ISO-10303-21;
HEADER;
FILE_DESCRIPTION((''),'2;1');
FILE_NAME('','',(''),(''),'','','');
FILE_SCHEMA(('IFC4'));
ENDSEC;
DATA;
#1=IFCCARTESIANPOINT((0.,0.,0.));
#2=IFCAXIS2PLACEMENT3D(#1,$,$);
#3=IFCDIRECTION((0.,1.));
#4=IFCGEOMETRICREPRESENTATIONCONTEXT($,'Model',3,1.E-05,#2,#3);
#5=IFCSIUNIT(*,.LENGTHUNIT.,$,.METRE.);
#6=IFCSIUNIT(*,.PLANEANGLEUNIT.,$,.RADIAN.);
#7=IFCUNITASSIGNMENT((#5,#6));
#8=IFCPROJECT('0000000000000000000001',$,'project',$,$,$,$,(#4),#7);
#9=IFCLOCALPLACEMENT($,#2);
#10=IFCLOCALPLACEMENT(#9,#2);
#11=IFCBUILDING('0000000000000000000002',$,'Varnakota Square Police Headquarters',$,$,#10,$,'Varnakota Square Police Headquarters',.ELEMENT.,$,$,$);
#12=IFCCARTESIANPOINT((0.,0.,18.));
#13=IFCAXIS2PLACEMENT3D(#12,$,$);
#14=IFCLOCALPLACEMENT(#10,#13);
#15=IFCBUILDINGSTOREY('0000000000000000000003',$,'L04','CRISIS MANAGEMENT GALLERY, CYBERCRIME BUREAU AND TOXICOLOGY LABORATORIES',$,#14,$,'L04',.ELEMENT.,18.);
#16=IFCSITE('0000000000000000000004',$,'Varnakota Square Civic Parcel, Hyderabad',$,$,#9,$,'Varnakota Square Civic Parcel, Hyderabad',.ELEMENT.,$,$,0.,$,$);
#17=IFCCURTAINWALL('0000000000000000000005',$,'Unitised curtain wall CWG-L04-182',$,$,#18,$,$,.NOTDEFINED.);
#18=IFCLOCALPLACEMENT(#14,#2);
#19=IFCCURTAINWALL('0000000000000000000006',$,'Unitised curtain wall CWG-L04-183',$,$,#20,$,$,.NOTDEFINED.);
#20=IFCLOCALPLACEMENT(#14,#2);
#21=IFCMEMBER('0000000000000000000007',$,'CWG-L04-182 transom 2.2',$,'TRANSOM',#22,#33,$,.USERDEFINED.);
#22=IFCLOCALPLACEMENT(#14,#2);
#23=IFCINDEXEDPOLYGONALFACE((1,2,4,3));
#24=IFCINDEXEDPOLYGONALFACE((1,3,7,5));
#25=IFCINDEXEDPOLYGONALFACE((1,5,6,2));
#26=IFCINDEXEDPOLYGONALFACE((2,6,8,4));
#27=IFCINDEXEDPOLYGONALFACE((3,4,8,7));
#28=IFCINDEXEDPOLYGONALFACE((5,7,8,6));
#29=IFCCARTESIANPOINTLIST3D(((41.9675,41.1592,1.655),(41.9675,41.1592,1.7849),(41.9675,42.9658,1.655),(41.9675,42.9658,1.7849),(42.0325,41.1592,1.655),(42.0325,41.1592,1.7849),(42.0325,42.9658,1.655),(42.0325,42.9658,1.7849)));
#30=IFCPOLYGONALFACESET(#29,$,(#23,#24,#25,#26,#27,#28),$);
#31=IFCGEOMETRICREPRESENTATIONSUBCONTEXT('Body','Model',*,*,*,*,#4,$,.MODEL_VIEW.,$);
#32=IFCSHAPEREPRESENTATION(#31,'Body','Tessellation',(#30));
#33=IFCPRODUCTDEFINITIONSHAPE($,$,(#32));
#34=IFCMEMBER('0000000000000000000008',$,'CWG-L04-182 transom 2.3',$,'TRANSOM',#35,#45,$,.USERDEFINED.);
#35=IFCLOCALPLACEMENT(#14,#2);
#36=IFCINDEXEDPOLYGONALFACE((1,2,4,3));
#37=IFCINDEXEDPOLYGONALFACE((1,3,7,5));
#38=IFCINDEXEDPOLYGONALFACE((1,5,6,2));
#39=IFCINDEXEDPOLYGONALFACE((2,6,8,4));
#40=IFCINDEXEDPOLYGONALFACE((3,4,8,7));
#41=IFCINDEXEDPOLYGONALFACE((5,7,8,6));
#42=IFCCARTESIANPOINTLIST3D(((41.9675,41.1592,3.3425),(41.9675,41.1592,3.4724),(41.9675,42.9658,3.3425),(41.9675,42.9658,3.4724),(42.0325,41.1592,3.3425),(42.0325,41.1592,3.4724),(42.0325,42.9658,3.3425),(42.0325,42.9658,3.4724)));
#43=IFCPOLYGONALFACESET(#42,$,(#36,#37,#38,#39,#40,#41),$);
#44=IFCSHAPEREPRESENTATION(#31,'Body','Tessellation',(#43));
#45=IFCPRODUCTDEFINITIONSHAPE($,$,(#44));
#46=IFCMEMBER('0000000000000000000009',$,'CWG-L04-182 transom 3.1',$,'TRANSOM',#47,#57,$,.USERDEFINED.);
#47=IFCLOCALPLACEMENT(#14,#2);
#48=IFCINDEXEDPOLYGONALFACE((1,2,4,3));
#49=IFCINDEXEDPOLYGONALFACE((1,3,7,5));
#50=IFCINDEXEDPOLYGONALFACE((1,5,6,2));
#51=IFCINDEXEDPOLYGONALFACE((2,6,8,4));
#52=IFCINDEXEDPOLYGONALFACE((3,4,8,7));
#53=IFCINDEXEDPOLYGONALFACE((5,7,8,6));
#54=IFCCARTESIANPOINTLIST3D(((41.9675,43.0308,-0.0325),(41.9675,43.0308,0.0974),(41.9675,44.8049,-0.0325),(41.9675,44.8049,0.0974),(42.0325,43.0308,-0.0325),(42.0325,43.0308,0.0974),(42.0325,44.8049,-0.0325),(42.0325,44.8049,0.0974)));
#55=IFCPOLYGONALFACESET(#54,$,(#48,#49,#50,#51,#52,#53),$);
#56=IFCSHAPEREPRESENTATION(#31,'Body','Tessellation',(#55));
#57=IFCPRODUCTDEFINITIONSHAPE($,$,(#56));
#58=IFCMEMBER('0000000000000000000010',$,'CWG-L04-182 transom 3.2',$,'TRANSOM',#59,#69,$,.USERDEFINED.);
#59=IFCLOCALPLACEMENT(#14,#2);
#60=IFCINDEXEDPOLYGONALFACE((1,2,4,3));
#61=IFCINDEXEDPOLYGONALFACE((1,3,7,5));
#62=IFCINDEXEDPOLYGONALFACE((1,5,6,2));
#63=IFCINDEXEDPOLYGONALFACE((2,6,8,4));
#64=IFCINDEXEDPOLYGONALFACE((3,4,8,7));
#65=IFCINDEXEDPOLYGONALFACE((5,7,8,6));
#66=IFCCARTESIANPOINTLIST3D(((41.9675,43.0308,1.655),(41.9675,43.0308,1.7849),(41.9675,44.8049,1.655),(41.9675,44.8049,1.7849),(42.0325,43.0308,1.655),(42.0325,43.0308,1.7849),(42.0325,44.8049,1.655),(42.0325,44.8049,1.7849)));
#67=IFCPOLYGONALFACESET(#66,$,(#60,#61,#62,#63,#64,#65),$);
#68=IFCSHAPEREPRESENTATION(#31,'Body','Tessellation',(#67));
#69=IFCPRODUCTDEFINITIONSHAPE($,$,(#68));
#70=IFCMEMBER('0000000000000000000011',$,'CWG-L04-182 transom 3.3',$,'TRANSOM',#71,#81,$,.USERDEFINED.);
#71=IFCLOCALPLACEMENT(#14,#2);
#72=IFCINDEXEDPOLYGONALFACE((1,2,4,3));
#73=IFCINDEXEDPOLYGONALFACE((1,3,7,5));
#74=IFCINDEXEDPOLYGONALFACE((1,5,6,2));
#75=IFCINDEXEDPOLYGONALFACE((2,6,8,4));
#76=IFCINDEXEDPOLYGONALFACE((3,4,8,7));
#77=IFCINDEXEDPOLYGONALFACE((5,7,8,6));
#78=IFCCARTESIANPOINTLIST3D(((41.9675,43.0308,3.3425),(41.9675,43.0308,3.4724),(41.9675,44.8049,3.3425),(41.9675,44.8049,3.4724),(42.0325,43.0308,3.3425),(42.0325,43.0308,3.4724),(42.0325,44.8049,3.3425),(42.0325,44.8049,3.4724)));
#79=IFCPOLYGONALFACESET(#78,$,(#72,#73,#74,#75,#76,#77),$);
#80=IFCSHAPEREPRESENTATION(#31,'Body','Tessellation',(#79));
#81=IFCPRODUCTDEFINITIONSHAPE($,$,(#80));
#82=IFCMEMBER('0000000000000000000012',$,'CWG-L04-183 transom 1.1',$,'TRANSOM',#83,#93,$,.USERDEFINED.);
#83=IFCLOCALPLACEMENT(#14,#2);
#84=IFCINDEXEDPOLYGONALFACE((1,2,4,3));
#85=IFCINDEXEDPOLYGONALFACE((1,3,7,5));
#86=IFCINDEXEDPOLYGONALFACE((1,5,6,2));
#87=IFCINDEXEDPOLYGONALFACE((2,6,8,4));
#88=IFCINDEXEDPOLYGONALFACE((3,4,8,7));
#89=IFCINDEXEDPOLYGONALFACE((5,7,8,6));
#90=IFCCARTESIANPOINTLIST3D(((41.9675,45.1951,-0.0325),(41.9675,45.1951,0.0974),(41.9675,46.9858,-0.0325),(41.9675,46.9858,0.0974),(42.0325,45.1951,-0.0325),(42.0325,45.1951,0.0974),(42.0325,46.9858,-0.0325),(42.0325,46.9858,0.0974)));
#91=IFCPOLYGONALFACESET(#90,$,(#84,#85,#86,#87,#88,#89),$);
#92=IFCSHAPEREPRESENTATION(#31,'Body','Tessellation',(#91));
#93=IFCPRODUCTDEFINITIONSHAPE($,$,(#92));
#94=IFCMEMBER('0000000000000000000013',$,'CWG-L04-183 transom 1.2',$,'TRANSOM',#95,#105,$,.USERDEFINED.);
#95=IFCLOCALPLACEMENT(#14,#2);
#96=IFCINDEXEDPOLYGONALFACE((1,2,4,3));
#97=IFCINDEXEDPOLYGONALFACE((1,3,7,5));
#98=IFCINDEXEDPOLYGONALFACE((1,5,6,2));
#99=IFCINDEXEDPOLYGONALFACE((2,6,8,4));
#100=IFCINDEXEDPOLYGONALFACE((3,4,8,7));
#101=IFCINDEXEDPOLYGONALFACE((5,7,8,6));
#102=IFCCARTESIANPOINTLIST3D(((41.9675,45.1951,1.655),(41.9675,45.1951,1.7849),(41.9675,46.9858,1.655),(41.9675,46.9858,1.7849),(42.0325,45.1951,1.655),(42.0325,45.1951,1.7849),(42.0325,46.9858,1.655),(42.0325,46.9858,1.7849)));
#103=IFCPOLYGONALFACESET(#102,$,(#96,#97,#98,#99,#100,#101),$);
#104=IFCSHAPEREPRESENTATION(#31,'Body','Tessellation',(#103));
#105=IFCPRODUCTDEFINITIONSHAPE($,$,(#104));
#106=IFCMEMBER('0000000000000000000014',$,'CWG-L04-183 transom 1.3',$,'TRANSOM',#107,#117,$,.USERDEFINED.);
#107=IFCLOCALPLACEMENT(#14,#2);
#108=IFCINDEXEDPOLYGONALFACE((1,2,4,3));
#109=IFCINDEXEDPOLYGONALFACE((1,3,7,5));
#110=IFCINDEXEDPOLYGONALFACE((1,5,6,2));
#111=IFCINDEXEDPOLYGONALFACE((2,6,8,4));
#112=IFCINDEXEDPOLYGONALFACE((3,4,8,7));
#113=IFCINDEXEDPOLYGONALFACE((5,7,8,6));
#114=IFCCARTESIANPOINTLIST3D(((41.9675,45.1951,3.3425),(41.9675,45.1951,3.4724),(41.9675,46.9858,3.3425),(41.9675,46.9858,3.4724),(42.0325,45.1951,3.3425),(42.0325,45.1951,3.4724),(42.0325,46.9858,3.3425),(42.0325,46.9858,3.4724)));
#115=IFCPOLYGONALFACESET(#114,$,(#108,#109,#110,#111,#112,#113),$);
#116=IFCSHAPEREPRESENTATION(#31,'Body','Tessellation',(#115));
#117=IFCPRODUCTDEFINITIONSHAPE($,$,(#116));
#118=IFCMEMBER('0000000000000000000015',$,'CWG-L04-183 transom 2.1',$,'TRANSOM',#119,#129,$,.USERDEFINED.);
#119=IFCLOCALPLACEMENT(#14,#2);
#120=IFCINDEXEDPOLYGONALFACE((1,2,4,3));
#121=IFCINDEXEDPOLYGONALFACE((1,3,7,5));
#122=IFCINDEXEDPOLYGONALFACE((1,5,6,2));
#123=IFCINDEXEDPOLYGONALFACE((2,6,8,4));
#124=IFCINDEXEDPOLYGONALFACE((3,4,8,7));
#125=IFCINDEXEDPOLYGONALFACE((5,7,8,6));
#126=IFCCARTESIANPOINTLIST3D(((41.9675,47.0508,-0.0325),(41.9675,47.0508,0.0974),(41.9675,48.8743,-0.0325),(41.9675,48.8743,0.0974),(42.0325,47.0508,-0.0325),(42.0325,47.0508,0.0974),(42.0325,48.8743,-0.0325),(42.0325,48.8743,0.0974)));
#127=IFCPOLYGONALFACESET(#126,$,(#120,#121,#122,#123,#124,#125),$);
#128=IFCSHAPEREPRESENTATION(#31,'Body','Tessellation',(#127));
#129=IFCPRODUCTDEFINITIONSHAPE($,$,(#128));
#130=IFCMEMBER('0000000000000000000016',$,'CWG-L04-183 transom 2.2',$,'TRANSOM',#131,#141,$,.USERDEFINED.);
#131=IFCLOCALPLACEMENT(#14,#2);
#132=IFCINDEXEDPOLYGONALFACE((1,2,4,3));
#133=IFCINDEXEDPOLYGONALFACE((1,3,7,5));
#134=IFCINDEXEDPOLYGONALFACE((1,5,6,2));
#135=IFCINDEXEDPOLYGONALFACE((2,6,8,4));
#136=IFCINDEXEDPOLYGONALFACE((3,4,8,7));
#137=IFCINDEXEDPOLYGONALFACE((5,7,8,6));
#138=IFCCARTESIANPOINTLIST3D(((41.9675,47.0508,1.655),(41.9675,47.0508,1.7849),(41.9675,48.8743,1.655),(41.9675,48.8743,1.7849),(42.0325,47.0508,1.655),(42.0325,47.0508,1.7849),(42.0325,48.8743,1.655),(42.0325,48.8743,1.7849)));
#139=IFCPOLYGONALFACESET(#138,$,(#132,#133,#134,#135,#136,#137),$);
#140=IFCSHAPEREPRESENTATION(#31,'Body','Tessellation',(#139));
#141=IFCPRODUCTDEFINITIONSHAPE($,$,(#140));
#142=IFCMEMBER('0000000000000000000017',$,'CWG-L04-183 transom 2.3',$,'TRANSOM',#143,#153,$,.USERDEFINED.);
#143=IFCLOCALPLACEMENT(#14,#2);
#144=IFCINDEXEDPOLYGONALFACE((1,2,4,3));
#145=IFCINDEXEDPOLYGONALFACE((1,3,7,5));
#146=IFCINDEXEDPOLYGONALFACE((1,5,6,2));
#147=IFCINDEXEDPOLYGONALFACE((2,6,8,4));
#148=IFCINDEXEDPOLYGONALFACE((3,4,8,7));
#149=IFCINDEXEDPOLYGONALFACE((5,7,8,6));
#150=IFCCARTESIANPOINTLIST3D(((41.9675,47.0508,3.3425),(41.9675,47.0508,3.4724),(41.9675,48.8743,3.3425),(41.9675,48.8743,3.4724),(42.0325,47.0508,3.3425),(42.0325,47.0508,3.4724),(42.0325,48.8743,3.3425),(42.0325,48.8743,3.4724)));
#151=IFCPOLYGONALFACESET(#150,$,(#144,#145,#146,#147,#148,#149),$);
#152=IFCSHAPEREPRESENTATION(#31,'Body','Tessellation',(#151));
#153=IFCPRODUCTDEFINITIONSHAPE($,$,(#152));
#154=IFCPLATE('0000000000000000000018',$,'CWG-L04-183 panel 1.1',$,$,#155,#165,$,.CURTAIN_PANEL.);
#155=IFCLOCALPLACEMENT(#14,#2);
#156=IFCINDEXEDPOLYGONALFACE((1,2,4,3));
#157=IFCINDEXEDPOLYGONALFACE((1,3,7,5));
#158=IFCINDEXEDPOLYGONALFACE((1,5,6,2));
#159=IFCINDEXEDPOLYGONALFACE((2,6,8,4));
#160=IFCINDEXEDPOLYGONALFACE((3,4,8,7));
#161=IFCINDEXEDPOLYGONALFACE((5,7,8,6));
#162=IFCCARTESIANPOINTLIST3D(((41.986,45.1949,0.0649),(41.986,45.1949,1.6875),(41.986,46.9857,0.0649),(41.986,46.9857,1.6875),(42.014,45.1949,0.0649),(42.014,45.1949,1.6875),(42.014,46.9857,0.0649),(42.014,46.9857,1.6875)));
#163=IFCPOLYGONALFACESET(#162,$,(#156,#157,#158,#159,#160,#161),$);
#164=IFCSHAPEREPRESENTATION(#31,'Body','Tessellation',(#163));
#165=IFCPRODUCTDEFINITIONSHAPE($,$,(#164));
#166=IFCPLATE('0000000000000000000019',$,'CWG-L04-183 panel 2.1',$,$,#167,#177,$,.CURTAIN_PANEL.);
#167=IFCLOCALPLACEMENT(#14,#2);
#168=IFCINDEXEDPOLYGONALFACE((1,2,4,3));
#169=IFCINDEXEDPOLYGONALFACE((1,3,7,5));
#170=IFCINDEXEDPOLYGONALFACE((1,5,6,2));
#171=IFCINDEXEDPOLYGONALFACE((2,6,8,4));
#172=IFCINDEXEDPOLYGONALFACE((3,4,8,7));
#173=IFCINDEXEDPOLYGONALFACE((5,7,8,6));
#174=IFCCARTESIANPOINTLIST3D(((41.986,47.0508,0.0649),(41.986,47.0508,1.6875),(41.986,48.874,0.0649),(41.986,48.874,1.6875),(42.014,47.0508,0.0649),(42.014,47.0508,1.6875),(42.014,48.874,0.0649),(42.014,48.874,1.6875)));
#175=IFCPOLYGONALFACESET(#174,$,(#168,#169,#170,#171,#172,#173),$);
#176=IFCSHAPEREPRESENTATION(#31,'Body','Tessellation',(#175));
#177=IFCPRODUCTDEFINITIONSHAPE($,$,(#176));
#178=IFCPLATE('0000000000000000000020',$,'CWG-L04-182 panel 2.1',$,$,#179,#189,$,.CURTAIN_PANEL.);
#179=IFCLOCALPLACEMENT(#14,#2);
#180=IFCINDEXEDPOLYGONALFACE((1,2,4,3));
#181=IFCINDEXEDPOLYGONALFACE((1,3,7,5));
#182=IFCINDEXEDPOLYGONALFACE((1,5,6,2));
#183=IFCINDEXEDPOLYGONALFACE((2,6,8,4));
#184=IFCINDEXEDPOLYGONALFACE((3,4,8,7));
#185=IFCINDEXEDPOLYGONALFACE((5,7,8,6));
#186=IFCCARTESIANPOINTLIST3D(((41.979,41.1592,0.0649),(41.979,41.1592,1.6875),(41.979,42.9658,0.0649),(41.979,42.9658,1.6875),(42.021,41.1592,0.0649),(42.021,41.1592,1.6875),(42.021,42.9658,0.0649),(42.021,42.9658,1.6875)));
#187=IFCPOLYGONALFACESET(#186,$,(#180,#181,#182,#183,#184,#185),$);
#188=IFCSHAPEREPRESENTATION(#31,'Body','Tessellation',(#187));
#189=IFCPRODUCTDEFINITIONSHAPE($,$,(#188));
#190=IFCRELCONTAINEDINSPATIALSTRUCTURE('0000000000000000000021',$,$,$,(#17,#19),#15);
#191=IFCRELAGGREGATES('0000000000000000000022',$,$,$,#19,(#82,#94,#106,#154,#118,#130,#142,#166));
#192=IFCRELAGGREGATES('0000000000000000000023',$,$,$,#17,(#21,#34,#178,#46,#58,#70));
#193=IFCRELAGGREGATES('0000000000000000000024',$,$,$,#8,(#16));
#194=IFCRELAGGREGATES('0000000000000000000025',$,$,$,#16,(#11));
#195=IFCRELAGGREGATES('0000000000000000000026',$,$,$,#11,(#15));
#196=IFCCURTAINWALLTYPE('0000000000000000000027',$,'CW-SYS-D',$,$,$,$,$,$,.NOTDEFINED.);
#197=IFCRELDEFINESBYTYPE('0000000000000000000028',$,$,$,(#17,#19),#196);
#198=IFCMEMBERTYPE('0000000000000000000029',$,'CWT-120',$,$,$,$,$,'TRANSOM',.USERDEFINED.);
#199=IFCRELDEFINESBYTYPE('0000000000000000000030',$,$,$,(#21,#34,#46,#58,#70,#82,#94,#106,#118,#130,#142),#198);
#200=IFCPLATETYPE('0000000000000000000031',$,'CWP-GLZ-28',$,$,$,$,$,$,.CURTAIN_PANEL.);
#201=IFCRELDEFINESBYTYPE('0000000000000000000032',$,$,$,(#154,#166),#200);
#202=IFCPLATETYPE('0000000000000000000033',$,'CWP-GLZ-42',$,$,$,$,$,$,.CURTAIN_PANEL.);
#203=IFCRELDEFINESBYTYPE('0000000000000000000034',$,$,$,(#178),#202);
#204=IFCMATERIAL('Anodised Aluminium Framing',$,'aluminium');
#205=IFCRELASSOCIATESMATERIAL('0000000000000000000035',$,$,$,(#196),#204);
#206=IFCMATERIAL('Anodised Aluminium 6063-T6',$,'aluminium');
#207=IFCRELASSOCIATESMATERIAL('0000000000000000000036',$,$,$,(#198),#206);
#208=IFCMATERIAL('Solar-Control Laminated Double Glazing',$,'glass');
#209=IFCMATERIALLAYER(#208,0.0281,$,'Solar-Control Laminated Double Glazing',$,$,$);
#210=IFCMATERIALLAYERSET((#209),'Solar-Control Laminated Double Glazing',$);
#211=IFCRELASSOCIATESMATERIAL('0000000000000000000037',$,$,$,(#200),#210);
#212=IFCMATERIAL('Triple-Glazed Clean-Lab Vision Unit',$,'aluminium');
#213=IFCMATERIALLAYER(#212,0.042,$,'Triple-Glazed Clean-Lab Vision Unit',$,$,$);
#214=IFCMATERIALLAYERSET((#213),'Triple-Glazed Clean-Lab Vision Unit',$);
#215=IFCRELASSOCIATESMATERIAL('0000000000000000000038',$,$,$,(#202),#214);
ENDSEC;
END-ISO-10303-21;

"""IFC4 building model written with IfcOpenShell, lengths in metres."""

from ifc_helpers import new_model, si_unit, direction, frame, origin, origin_2d, place, context, subcontext, project, spatial, rectangle, extrude, material, layer, layer_set, material_profile, profile_set, type_object, element, aggregate, save


model = new_model("IFC4")

# Units and contexts
model_context = context("Model", 3, precision=1e-05, world=origin(), true_north=direction((0.0, 1.0)))
body_context = subcontext(model_context, "Body", "Model", "MODEL_VIEW")
ifc_project = project(units=[si_unit("LENGTHUNIT", "METRE"), si_unit("PLANEANGLEUNIT", "RADIAN")], contexts=[model_context])

# Site, building, storey
site_placement = place(None, origin())
site = spatial("IfcSite", under=ifc_project, at=site_placement, Name="Varnakota Square Civic Parcel, Hyderabad", LongName="Varnakota Square Civic Parcel, Hyderabad", CompositionType="ELEMENT", RefElevation=0.0)
building_placement = place(site_placement, origin())
building = spatial("IfcBuilding", under=site, at=building_placement, Name="Varnakota Square Police Headquarters", LongName="Varnakota Square Police Headquarters", CompositionType="ELEMENT")
storey_placement = place(building_placement, frame((0.0, 0.0, 18.0)))
storey = spatial("IfcBuildingStorey", under=building, at=storey_placement, Name="L04", Description="CRISIS MANAGEMENT GALLERY, CYBERCRIME BUREAU AND TOXICOLOGY LABORATORIES", LongName="L04", CompositionType="ELEMENT", Elevation=18.0)

# Curtain walls
ifc_material_1 = material(Name="Anodised Aluminium Framing", Category="aluminium")
curtain_wall_type = type_object("IfcCurtainWallType", Name="CW-SYS-D", PredefinedType="NOTDEFINED", material=ifc_material_1)
curtain_wall_1_placement = place(storey_placement, origin())
curtain_wall_1 = element("IfcCurtainWall", 1, at=curtain_wall_1_placement, inside=storey, type_object=curtain_wall_type, Name="Unitised curtain wall CWG-L04-182", PredefinedType="NOTDEFINED")
ifc_material_2 = material(Name="Anodised Aluminium 6063-T6", Category="aluminium")
curtain_wall_2_placement = place(storey_placement, origin())
curtain_wall_2 = element("IfcCurtainWall", 2, at=curtain_wall_2_placement, inside=storey, type_object=curtain_wall_type, Name="Unitised curtain wall CWG-L04-183", PredefinedType="NOTDEFINED")

# Members
ifc_material_profile_1 = material_profile(ifc_material_2, rectangle(XDim=0.0649, YDim=0.1299, at=origin_2d()), Name="ALU TRANSOM 65x130")
ifc_profile_set_1 = profile_set([ifc_material_profile_1], Name="Anodised Aluminium 6063-T6")
member_type_1 = type_object("IfcMemberType", Name="CWT-120", ElementType="TRANSOM", PredefinedType="USERDEFINED", material=ifc_profile_set_1)
member_1_placement = place(storey_placement, frame((42.0, 41.1592, 1.72), z_axis=(0.0, 1.0, 0.0), x_axis=(-1.0, 0.0, 0.0)))
member_1 = element("IfcMember", 3, at=member_1_placement, type_object=member_type_1, Name="CWG-L04-182 transom 2.2", ObjectType="TRANSOM", PredefinedType="USERDEFINED", context=body_context, shape_type="SweptSolid", body=[
    extrude(rectangle(XDim=0.0649, YDim=0.1299, at=origin_2d()), origin(), (0.0, 0.0, 1.0), 1.8066),
])
member_2_placement = place(storey_placement, frame((42.0, 41.1592, 3.4075), z_axis=(0.0, 1.0, 0.0), x_axis=(-1.0, 0.0, 0.0)))
member_2 = element("IfcMember", 4, at=member_2_placement, type_object=member_type_1, Name="CWG-L04-182 transom 2.3", ObjectType="TRANSOM", PredefinedType="USERDEFINED", context=body_context, shape_type="SweptSolid", body=[
    extrude(rectangle(XDim=0.0649, YDim=0.1299, at=origin_2d()), origin(), (0.0, 0.0, 1.0), 1.8066),
])
member_3_placement = place(storey_placement, frame((42.0, 43.0308, 0.0325), z_axis=(0.0, 1.0, 0.0), x_axis=(-1.0, 0.0, 0.0)))
member_3 = element("IfcMember", 5, at=member_3_placement, type_object=member_type_1, Name="CWG-L04-182 transom 3.1", ObjectType="TRANSOM", PredefinedType="USERDEFINED", context=body_context, shape_type="SweptSolid", body=[
    extrude(rectangle(XDim=0.0649, YDim=0.1299, at=origin_2d()), origin(), (0.0, 0.0, 1.0), 1.7742),
])
member_4_placement = place(storey_placement, frame((42.0, 43.0308, 1.72), z_axis=(0.0, 1.0, 0.0), x_axis=(-1.0, 0.0, 0.0)))
member_4 = element("IfcMember", 6, at=member_4_placement, type_object=member_type_1, Name="CWG-L04-182 transom 3.2", ObjectType="TRANSOM", PredefinedType="USERDEFINED", context=body_context, shape_type="SweptSolid", body=[
    extrude(rectangle(XDim=0.0649, YDim=0.1299, at=origin_2d()), origin(), (0.0, 0.0, 1.0), 1.7742),
])
member_5_placement = place(storey_placement, frame((42.0, 43.0308, 3.4075), z_axis=(0.0, 1.0, 0.0), x_axis=(-1.0, 0.0, 0.0)))
member_5 = element("IfcMember", 7, at=member_5_placement, type_object=member_type_1, Name="CWG-L04-182 transom 3.3", ObjectType="TRANSOM", PredefinedType="USERDEFINED", context=body_context, shape_type="SweptSolid", body=[
    extrude(rectangle(XDim=0.0649, YDim=0.1299, at=origin_2d()), origin(), (0.0, 0.0, 1.0), 1.7742),
])
member_6_placement = place(storey_placement, frame((42.0, 45.1951, 0.0325), z_axis=(0.0, 1.0, 0.0), x_axis=(-1.0, 0.0, 0.0)))
member_6 = element("IfcMember", 8, at=member_6_placement, type_object=member_type_1, Name="CWG-L04-183 transom 1.1", ObjectType="TRANSOM", PredefinedType="USERDEFINED", context=body_context, shape_type="SweptSolid", body=[
    extrude(rectangle(XDim=0.0649, YDim=0.1299, at=origin_2d()), origin(), (0.0, 0.0, 1.0), 1.7908),
])
member_7_placement = place(storey_placement, frame((42.0, 45.1951, 1.72), z_axis=(0.0, 1.0, 0.0), x_axis=(-1.0, 0.0, 0.0)))
member_7 = element("IfcMember", 9, at=member_7_placement, type_object=member_type_1, Name="CWG-L04-183 transom 1.2", ObjectType="TRANSOM", PredefinedType="USERDEFINED", context=body_context, shape_type="SweptSolid", body=[
    extrude(rectangle(XDim=0.0649, YDim=0.1299, at=origin_2d()), origin(), (0.0, 0.0, 1.0), 1.7908),
])
member_8_placement = place(storey_placement, frame((42.0, 45.1951, 3.4075), z_axis=(0.0, 1.0, 0.0), x_axis=(-1.0, 0.0, 0.0)))
member_8 = element("IfcMember", 10, at=member_8_placement, type_object=member_type_1, Name="CWG-L04-183 transom 1.3", ObjectType="TRANSOM", PredefinedType="USERDEFINED", context=body_context, shape_type="SweptSolid", body=[
    extrude(rectangle(XDim=0.0649, YDim=0.1299, at=origin_2d()), origin(), (0.0, 0.0, 1.0), 1.7908),
])
member_9_placement = place(storey_placement, frame((42.0, 47.0508, 0.0325), z_axis=(0.0, 1.0, 0.0), x_axis=(-1.0, 0.0, 0.0)))
member_9 = element("IfcMember", 11, at=member_9_placement, type_object=member_type_1, Name="CWG-L04-183 transom 2.1", ObjectType="TRANSOM", PredefinedType="USERDEFINED", context=body_context, shape_type="SweptSolid", body=[
    extrude(rectangle(XDim=0.0649, YDim=0.1299, at=origin_2d()), origin(), (0.0, 0.0, 1.0), 1.8235),
])
member_10_placement = place(storey_placement, frame((42.0, 47.0508, 1.72), z_axis=(0.0, 1.0, 0.0), x_axis=(-1.0, 0.0, 0.0)))
member_10 = element("IfcMember", 12, at=member_10_placement, type_object=member_type_1, Name="CWG-L04-183 transom 2.2", ObjectType="TRANSOM", PredefinedType="USERDEFINED", context=body_context, shape_type="SweptSolid", body=[
    extrude(rectangle(XDim=0.0649, YDim=0.1299, at=origin_2d()), origin(), (0.0, 0.0, 1.0), 1.8235),
])
member_11_placement = place(storey_placement, frame((42.0, 47.0508, 3.4075), z_axis=(0.0, 1.0, 0.0), x_axis=(-1.0, 0.0, 0.0)))
member_11 = element("IfcMember", 13, at=member_11_placement, type_object=member_type_1, Name="CWG-L04-183 transom 2.3", ObjectType="TRANSOM", PredefinedType="USERDEFINED", context=body_context, shape_type="SweptSolid", body=[
    extrude(rectangle(XDim=0.0649, YDim=0.1299, at=origin_2d()), origin(), (0.0, 0.0, 1.0), 1.8235),
])

# Plates
ifc_material_3 = material(Name="Solar-Control Laminated Double Glazing", Category="glass")
ifc_layer_1 = layer(ifc_material_3, 0.0281, Name="Solar-Control Laminated Double Glazing")
ifc_layer_set_1 = layer_set([ifc_layer_1], Name="Solar-Control Laminated Double Glazing")
plate_type_1 = type_object("IfcPlateType", Name="CWP-GLZ-28", PredefinedType="CURTAIN_PANEL", material=ifc_layer_set_1)
plate_1_placement = place(storey_placement, frame((42.0, 46.0903, 0.0649), z_axis=(0.0, 0.0, 1.0), x_axis=(0.0, 1.0, 0.0)))
plate_1 = element("IfcPlate", 14, at=plate_1_placement, type_object=plate_type_1, Name="CWG-L04-183 panel 1.1", PredefinedType="CURTAIN_PANEL", context=body_context, shape_type="SweptSolid", body=[
    extrude(rectangle(XDim=1.7908, YDim=0.0281, at=origin_2d()), origin(), (0.0, 0.0, 1.0), 1.6226),
])
plate_2_placement = place(storey_placement, frame((42.0, 47.9624, 0.0649), z_axis=(0.0, 0.0, 1.0), x_axis=(0.0, 1.0, 0.0)))
plate_2 = element("IfcPlate", 15, at=plate_2_placement, type_object=plate_type_1, Name="CWG-L04-183 panel 2.1", PredefinedType="CURTAIN_PANEL", context=body_context, shape_type="SweptSolid", body=[
    extrude(rectangle(XDim=1.8232, YDim=0.0281, at=origin_2d()), origin(), (0.0, 0.0, 1.0), 1.6226),
])
ifc_material_4 = material(Name="Triple-Glazed Clean-Lab Vision Unit", Category="aluminium")
ifc_layer_2 = layer(ifc_material_4, 0.042, Name="Triple-Glazed Clean-Lab Vision Unit")
ifc_layer_set_2 = layer_set([ifc_layer_2], Name="Triple-Glazed Clean-Lab Vision Unit")
plate_type_2 = type_object("IfcPlateType", Name="CWP-GLZ-42", PredefinedType="CURTAIN_PANEL", material=ifc_layer_set_2)
plate_3_placement = place(storey_placement, frame((42.0, 42.0625, 0.0649), z_axis=(0.0, 0.0, 1.0), x_axis=(0.0, 1.0, 0.0)))
plate_3 = element("IfcPlate", 16, at=plate_3_placement, type_object=plate_type_2, Name="CWG-L04-182 panel 2.1", PredefinedType="CURTAIN_PANEL", context=body_context, shape_type="SweptSolid", body=[
    extrude(rectangle(XDim=1.8066, YDim=0.042, at=origin_2d()), origin(), (0.0, 0.0, 1.0), 1.6226),
])
aggregate(curtain_wall_2, [member_6, member_7, member_8, plate_1, member_9, member_10, member_11, plate_2])
aggregate(curtain_wall_1, [member_1, member_2, plate_3, member_3, member_4, member_5])

save(model, "model.ifc")
